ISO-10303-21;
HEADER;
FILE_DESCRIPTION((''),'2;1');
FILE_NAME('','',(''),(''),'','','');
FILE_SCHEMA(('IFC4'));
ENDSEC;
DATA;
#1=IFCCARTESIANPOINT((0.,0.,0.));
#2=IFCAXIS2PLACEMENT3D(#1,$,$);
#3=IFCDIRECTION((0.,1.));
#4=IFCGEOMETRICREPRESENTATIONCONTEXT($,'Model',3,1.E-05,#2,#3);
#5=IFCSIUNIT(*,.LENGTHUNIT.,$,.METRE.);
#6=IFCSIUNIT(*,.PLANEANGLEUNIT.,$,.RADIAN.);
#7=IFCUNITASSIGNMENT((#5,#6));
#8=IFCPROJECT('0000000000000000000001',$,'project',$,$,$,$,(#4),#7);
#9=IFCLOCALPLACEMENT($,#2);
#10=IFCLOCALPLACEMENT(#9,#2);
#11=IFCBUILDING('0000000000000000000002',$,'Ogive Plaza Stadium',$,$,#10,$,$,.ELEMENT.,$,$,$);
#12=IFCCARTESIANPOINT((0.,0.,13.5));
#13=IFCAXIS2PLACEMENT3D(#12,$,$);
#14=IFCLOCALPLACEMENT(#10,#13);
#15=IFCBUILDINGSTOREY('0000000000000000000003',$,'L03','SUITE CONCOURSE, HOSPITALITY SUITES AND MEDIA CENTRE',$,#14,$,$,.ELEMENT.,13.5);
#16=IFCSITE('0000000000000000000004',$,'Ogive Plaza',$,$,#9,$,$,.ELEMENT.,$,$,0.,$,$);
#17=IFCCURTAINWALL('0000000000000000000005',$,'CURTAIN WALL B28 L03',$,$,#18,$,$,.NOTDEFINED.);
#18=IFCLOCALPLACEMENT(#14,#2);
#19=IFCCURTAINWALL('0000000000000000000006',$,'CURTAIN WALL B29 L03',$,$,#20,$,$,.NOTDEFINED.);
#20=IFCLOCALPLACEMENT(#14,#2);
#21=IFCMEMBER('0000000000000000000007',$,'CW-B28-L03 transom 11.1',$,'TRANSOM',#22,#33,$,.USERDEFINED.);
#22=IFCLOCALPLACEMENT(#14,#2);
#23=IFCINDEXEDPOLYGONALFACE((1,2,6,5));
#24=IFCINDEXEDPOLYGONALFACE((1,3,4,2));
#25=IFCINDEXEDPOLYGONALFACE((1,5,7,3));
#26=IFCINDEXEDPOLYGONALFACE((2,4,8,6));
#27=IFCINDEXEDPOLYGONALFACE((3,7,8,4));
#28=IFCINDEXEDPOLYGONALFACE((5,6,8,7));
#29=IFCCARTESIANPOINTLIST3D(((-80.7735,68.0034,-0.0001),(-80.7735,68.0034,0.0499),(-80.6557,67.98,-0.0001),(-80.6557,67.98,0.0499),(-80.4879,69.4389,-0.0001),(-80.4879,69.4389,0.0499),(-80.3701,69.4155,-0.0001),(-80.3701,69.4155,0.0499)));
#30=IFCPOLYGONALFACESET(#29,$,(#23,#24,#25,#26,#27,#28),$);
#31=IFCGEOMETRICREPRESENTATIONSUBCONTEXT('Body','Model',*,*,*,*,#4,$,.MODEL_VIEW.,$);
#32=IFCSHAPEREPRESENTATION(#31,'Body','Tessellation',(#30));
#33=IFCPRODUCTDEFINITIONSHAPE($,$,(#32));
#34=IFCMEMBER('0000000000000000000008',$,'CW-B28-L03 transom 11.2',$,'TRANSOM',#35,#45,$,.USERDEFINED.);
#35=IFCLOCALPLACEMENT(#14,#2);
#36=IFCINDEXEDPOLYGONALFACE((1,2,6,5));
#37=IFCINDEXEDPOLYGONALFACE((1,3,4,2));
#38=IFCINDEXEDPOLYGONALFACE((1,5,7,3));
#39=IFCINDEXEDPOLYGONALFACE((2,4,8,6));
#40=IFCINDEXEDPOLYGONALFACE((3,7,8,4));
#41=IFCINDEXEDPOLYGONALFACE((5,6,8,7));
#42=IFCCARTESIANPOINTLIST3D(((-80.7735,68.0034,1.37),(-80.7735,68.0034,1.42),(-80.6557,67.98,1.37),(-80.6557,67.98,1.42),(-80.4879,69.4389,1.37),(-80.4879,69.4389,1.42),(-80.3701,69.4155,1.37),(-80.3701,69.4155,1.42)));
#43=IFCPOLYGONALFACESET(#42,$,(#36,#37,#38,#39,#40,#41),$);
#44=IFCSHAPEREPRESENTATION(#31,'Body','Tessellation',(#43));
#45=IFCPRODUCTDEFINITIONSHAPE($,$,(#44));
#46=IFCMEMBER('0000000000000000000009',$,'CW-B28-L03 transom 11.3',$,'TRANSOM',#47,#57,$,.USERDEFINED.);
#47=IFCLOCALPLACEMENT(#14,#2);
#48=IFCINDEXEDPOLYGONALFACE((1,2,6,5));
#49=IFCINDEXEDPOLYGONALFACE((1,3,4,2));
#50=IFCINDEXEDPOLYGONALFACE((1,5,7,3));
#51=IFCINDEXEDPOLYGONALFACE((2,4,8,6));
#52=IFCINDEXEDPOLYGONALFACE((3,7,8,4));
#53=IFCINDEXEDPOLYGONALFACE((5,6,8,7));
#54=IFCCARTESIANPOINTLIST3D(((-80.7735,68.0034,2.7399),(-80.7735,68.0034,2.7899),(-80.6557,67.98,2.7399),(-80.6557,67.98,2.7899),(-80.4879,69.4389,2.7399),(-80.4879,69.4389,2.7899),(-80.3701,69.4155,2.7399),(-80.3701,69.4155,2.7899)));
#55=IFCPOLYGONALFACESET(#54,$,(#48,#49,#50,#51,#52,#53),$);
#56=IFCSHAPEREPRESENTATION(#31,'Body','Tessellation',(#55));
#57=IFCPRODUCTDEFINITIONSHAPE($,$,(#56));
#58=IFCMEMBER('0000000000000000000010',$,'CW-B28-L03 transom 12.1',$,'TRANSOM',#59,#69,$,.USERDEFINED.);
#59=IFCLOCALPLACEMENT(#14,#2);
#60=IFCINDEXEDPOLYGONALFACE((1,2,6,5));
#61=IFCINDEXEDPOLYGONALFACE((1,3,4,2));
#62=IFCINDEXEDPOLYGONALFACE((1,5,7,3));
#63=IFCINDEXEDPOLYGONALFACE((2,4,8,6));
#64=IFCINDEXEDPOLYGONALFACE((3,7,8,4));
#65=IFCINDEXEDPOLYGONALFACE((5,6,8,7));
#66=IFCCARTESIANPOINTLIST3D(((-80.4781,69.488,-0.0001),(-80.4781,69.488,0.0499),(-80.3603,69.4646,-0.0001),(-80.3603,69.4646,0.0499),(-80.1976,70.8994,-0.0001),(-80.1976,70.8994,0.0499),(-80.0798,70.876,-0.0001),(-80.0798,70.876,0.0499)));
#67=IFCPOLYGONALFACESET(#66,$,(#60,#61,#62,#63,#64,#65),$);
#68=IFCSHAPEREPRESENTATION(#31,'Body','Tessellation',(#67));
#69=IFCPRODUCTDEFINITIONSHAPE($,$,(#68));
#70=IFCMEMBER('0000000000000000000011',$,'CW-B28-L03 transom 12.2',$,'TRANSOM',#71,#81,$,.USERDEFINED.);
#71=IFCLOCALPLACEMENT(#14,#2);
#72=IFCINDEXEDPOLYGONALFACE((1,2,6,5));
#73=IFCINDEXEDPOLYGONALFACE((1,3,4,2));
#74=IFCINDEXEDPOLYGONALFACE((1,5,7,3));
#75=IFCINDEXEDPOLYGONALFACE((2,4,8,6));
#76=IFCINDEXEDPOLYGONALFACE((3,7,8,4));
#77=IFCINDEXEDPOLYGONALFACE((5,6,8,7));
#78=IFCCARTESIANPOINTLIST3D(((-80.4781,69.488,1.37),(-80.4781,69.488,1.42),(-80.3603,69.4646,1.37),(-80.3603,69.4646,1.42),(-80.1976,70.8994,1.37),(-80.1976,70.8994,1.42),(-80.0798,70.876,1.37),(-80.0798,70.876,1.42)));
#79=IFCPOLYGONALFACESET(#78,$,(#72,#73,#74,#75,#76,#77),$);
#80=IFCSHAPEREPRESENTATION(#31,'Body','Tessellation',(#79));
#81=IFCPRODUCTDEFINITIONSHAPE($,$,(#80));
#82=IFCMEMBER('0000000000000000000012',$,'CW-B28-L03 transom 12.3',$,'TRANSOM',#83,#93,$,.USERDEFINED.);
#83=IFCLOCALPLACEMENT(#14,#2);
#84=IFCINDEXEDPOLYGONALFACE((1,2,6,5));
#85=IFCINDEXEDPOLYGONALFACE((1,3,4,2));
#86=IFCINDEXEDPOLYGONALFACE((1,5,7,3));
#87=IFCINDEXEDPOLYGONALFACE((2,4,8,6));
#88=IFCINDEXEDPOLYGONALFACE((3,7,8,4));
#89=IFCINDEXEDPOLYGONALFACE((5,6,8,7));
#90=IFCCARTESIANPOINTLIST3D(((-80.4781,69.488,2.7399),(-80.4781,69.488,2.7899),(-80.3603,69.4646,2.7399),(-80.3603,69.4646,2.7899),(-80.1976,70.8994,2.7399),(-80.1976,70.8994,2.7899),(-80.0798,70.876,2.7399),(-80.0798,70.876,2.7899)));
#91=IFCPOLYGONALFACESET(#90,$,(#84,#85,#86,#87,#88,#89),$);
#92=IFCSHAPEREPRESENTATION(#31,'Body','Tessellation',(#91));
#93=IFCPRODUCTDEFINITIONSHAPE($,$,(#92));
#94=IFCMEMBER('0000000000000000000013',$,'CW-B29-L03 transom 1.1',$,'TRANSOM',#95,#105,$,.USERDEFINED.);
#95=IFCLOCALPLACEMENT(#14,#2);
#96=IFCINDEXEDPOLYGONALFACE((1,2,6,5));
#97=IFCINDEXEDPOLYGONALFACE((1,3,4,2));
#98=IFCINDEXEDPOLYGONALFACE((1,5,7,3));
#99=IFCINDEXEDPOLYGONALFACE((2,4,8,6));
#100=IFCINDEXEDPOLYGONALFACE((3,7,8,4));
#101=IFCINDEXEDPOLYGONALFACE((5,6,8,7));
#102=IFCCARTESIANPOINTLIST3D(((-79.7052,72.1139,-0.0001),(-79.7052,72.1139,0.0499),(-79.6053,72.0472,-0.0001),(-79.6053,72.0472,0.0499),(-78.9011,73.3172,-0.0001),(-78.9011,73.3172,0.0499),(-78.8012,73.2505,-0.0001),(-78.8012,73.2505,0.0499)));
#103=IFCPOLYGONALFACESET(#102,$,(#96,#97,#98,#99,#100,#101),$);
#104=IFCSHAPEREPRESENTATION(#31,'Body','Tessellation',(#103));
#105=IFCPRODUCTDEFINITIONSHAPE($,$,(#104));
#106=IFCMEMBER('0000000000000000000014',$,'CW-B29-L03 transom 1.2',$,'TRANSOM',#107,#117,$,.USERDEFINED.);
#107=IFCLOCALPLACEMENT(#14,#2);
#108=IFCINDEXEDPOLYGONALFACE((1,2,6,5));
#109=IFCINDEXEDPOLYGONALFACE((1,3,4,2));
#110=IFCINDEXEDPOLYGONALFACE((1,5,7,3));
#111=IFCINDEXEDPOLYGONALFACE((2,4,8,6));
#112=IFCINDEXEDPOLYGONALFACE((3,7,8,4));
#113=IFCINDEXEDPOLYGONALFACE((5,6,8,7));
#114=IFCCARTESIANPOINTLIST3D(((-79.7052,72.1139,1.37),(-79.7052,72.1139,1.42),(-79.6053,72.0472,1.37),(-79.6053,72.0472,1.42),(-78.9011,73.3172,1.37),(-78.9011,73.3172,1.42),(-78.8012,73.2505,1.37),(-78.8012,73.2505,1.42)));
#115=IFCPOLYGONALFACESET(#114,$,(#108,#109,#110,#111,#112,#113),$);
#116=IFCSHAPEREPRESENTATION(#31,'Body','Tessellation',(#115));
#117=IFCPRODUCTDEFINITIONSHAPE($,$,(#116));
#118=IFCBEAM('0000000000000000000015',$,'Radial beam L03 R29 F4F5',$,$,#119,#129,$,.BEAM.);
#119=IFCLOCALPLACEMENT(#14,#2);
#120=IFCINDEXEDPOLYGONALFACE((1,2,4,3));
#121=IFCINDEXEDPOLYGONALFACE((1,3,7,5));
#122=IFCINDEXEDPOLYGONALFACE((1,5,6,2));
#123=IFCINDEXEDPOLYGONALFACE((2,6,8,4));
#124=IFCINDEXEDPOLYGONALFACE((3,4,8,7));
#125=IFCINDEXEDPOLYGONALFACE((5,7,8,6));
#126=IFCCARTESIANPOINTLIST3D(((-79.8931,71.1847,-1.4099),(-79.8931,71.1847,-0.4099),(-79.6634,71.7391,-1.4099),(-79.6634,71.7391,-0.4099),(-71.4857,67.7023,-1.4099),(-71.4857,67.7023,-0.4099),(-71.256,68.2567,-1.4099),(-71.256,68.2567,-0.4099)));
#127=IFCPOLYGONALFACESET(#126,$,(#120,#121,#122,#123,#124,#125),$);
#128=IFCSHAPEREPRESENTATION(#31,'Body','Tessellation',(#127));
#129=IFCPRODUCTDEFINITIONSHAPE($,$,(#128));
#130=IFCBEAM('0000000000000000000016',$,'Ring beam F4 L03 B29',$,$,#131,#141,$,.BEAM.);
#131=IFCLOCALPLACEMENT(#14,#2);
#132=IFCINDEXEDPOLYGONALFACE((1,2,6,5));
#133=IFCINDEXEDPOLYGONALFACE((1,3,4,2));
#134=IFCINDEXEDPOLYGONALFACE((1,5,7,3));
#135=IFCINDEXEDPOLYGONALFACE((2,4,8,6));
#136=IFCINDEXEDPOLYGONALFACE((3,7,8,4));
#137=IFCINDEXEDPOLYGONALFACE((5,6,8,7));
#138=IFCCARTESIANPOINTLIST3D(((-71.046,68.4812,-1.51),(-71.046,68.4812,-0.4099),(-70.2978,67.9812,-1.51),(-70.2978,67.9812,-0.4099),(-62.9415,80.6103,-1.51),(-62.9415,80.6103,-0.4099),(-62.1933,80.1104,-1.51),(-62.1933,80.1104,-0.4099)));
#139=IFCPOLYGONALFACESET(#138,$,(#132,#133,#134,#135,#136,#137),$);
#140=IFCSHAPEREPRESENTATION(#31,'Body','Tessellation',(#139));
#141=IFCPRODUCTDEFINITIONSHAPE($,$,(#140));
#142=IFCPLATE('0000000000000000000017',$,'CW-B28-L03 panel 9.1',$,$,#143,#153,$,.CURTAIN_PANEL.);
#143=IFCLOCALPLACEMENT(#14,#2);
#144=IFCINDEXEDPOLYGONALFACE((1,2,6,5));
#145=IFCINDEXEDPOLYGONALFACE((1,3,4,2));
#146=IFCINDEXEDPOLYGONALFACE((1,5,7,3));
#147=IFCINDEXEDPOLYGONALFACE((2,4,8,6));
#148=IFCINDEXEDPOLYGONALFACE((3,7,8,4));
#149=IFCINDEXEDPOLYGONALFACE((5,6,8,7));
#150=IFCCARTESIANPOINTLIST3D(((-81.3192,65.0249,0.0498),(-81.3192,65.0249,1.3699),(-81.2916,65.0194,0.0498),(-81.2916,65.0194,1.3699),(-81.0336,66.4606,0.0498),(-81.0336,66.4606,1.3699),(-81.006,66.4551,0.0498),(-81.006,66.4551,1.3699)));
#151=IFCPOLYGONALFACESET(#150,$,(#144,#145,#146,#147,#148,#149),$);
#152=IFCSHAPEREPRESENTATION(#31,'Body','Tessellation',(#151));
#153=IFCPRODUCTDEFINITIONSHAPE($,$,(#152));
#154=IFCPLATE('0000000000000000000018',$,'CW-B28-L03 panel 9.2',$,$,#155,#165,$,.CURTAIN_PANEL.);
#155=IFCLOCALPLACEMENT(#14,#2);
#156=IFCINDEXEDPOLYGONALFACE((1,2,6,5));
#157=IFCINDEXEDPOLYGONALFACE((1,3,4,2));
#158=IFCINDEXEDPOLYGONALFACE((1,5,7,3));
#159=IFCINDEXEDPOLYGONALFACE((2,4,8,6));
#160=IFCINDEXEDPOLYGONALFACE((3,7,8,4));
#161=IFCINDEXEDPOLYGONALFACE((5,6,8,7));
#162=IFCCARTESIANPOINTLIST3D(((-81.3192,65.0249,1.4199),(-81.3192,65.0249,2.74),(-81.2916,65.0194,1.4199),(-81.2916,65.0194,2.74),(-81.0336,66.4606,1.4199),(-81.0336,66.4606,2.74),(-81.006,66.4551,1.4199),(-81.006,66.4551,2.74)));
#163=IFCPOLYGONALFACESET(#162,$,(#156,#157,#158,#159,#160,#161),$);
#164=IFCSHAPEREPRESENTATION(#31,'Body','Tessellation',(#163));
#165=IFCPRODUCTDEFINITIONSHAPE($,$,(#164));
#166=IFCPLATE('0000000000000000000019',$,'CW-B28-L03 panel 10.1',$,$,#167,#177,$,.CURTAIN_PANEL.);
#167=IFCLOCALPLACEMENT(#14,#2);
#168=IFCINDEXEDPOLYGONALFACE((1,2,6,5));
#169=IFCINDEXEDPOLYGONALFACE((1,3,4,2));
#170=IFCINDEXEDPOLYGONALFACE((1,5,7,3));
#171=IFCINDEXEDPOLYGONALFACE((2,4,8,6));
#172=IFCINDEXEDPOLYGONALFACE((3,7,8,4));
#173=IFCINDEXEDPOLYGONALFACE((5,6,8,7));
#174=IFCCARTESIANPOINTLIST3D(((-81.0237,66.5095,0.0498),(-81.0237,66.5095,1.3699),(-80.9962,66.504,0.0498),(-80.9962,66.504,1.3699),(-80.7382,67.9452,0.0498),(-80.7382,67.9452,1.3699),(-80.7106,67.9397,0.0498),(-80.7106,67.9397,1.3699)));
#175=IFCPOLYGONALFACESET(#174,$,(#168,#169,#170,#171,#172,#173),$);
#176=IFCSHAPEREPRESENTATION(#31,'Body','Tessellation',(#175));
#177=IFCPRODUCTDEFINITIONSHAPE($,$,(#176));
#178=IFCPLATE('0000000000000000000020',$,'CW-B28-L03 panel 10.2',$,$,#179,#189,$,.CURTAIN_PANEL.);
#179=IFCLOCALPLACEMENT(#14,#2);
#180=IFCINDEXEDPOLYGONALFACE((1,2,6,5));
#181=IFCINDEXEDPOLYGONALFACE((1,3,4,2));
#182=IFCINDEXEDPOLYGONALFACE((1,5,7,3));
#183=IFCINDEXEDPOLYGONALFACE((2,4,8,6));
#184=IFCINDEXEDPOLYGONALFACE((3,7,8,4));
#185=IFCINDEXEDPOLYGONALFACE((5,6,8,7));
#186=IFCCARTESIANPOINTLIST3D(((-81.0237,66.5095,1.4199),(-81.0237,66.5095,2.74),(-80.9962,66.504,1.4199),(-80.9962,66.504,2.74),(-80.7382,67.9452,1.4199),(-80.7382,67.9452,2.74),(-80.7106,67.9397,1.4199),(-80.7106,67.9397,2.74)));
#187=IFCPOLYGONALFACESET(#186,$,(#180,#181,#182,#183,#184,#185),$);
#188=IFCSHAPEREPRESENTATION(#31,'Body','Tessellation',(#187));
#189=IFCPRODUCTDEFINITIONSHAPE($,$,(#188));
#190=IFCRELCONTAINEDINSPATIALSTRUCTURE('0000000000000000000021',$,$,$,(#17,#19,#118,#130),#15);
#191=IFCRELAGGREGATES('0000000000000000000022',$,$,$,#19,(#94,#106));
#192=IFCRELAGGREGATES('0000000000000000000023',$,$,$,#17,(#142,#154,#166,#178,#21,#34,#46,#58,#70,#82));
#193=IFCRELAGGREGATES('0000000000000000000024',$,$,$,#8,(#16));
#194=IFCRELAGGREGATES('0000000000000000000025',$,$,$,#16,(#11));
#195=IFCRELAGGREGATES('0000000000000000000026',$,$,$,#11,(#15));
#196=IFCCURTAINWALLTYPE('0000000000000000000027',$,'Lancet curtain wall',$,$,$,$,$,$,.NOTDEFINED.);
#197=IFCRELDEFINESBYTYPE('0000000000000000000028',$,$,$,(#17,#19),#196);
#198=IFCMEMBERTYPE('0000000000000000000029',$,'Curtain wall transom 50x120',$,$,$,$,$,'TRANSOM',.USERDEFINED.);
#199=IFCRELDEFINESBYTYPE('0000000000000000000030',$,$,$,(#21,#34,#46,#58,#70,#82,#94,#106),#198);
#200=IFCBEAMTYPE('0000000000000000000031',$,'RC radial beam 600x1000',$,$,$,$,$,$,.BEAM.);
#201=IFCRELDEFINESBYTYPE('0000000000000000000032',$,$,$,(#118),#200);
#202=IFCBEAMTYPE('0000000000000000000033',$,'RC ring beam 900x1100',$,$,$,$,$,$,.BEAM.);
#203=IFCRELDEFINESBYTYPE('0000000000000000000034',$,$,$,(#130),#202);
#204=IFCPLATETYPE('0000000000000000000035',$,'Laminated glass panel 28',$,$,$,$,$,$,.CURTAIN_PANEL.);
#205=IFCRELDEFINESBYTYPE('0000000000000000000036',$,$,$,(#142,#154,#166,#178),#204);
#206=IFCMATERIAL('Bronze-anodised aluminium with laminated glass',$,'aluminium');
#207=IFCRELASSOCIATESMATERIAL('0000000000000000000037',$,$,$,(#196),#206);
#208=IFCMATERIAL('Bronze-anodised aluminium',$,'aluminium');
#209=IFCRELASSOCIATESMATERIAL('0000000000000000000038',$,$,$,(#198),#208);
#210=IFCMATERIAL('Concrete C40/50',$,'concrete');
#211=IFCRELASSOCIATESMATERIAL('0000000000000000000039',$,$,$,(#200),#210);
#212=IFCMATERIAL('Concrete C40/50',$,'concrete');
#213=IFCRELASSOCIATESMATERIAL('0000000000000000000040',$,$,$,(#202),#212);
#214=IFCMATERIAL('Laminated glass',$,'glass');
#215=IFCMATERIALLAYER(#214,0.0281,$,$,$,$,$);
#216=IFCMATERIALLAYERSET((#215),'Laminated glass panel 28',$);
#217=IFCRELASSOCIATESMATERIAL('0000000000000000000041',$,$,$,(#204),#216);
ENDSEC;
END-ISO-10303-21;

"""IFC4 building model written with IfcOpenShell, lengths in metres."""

from ifc_helpers import new_model, si_unit, direction, frame, origin, origin_2d, place, context, subcontext, project, spatial, rectangle, extrude, material, layer, layer_set, material_profile, profile_set, type_object, element, aggregate, save


model = new_model("IFC4")

# Units and contexts
model_context = context("Model", 3, precision=1e-05, world=origin(), true_north=direction((0.0, 1.0)))
body_context = subcontext(model_context, "Body", "Model", "MODEL_VIEW")
ifc_project = project(units=[si_unit("LENGTHUNIT", "METRE"), si_unit("PLANEANGLEUNIT", "RADIAN")], contexts=[model_context])

# Site, building, storey
site_placement = place(None, origin())
site = spatial("IfcSite", under=ifc_project, at=site_placement, Name="Ogive Plaza", CompositionType="ELEMENT", RefElevation=0.0)
building_placement = place(site_placement, origin())
building = spatial("IfcBuilding", under=site, at=building_placement, Name="Ogive Plaza Stadium", CompositionType="ELEMENT")
storey_placement = place(building_placement, frame((0.0, 0.0, 13.5)))
storey = spatial("IfcBuildingStorey", under=building, at=storey_placement, Name="L03", Description="SUITE CONCOURSE, HOSPITALITY SUITES AND MEDIA CENTRE", CompositionType="ELEMENT", Elevation=13.5)

# Curtain wall
ifc_material_1 = material(Name="Bronze-anodised aluminium with laminated glass", Category="aluminium")
curtain_wall_type = type_object("IfcCurtainWallType", Name="Lancet curtain wall", PredefinedType="NOTDEFINED", material=ifc_material_1)
curtain_wall_1_placement = place(storey_placement, origin())
curtain_wall_1 = element("IfcCurtainWall", 1, at=curtain_wall_1_placement, inside=storey, type_object=curtain_wall_type, Name="CURTAIN WALL B28 L03", PredefinedType="NOTDEFINED")

# Curtain wall
curtain_wall_2_placement = place(storey_placement, origin())
curtain_wall_2 = element("IfcCurtainWall", 2, at=curtain_wall_2_placement, inside=storey, type_object=curtain_wall_type, Name="CURTAIN WALL B29 L03", PredefinedType="NOTDEFINED")

# Members
ifc_material_2 = material(Name="Bronze-anodised aluminium", Category="aluminium")
ifc_material_profile_1 = material_profile(ifc_material_2, rectangle(XDim=0.1201, YDim=0.05, at=origin_2d()), Name="AL 120x50")
ifc_profile_set_1 = profile_set([ifc_material_profile_1], Name="Bronze-anodised aluminium")
member_type_1 = type_object("IfcMemberType", Name="Curtain wall transom 50x120", ElementType="TRANSOM", PredefinedType="USERDEFINED", material=ifc_profile_set_1)
member_1_placement = place(storey_placement, frame((-80.7146, 67.9917, 0.0249), z_axis=(0.195154, 0.980773, 0.0), x_axis=(-0.980773, 0.195154, 0.0)))
member_1 = element("IfcMember", 3, at=member_1_placement, type_object=member_type_1, Name="CW-B28-L03 transom 11.1", ObjectType="TRANSOM", PredefinedType="USERDEFINED", context=body_context, shape_type="SweptSolid", body=[
    extrude(rectangle(XDim=0.1201, YDim=0.05, at=origin_2d()), origin(), (0.0, 0.0, 1.0), 1.4636),
])
member_2_placement = place(storey_placement, frame((-80.7146, 67.9917, 1.395), z_axis=(0.195154, 0.980773, 0.0), x_axis=(-0.980773, 0.195154, 0.0)))
member_2 = element("IfcMember", 4, at=member_2_placement, type_object=member_type_1, Name="CW-B28-L03 transom 11.2", ObjectType="TRANSOM", PredefinedType="USERDEFINED", context=body_context, shape_type="SweptSolid", body=[
    extrude(rectangle(XDim=0.1201, YDim=0.05, at=origin_2d()), origin(), (0.0, 0.0, 1.0), 1.4636),
])
member_3_placement = place(storey_placement, frame((-80.7146, 67.9917, 2.7649), z_axis=(0.195154, 0.980773, 0.0), x_axis=(-0.980773, 0.195154, 0.0)))
member_3 = element("IfcMember", 5, at=member_3_placement, type_object=member_type_1, Name="CW-B28-L03 transom 11.3", ObjectType="TRANSOM", PredefinedType="USERDEFINED", context=body_context, shape_type="SweptSolid", body=[
    extrude(rectangle(XDim=0.1201, YDim=0.05, at=origin_2d()), origin(), (0.0, 0.0, 1.0), 1.4636),
])
member_4_placement = place(storey_placement, frame((-80.4192, 69.4763, 0.0249), z_axis=(0.194941, 0.980815, 0.0), x_axis=(-0.980815, 0.194941, 0.0)))
member_4 = element("IfcMember", 6, at=member_4_placement, type_object=member_type_1, Name="CW-B28-L03 transom 12.1", ObjectType="TRANSOM", PredefinedType="USERDEFINED", context=body_context, shape_type="SweptSolid", body=[
    extrude(rectangle(XDim=0.1201, YDim=0.05, at=origin_2d()), origin(), (0.0, 0.0, 1.0), 1.439),
])
member_5_placement = place(storey_placement, frame((-80.4192, 69.4763, 1.395), z_axis=(0.194941, 0.980815, 0.0), x_axis=(-0.980815, 0.194941, 0.0)))
member_5 = element("IfcMember", 7, at=member_5_placement, type_object=member_type_1, Name="CW-B28-L03 transom 12.2", ObjectType="TRANSOM", PredefinedType="USERDEFINED", context=body_context, shape_type="SweptSolid", body=[
    extrude(rectangle(XDim=0.1201, YDim=0.05, at=origin_2d()), origin(), (0.0, 0.0, 1.0), 1.439),
])
member_6_placement = place(storey_placement, frame((-80.4192, 69.4763, 2.7649), z_axis=(0.194941, 0.980815, 0.0), x_axis=(-0.980815, 0.194941, 0.0)))
member_6 = element("IfcMember", 8, at=member_6_placement, type_object=member_type_1, Name="CW-B28-L03 transom 12.3", ObjectType="TRANSOM", PredefinedType="USERDEFINED", context=body_context, shape_type="SweptSolid", body=[
    extrude(rectangle(XDim=0.1201, YDim=0.05, at=origin_2d()), origin(), (0.0, 0.0, 1.0), 1.439),
])
member_7_placement = place(storey_placement, frame((-79.6553, 72.0806, 0.0249), z_axis=(0.555634, 0.831427, 0.0), x_axis=(-0.831427, 0.555634, 0.0)))
member_7 = element("IfcMember", 9, at=member_7_placement, type_object=member_type_1, Name="CW-B29-L03 transom 1.1", ObjectType="TRANSOM", PredefinedType="USERDEFINED", context=body_context, shape_type="SweptSolid", body=[
    extrude(rectangle(XDim=0.1201, YDim=0.05, at=origin_2d()), origin(), (0.0, 0.0, 1.0), 1.4473),
])
member_8_placement = place(storey_placement, frame((-79.6553, 72.0806, 1.395), z_axis=(0.555634, 0.831427, 0.0), x_axis=(-0.831427, 0.555634, 0.0)))
member_8 = element("IfcMember", 10, at=member_8_placement, type_object=member_type_1, Name="CW-B29-L03 transom 1.2", ObjectType="TRANSOM", PredefinedType="USERDEFINED", context=body_context, shape_type="SweptSolid", body=[
    extrude(rectangle(XDim=0.1201, YDim=0.05, at=origin_2d()), origin(), (0.0, 0.0, 1.0), 1.4473),
])
aggregate(curtain_wall_2, [member_7, member_8])

# Beams
ifc_material_3 = material(Name="Concrete C40/50", Category="concrete")
ifc_material_profile_2 = material_profile(ifc_material_3, rectangle(XDim=0.6001, YDim=1.0, at=origin_2d()), Name="RC 600x1000")
ifc_profile_set_2 = profile_set([ifc_material_profile_2], Name="Concrete C40/50")
beam_type_1 = type_object("IfcBeamType", Name="RC radial beam 600x1000", PredefinedType="BEAM", material=ifc_profile_set_2)
beam_1_placement = place(storey_placement, frame((-71.3708, 67.9795, -0.9099), z_axis=(-0.923882, 0.382677, 0.0), x_axis=(-0.382677, -0.923882, 0.0)))
element("IfcBeam", 11, at=beam_1_placement, inside=storey, type_object=beam_type_1, Name="Radial beam L03 R29 F4F5", PredefinedType="BEAM", context=body_context, shape_type="SweptSolid", body=[
    extrude(rectangle(XDim=0.6001, YDim=1.0, at=origin_2d()), origin(), (0.0, 0.0, 1.0), 9.1001),
])
ifc_material_4 = material(Name="Concrete C40/50", Category="concrete")
ifc_material_profile_3 = material_profile(ifc_material_4, rectangle(XDim=0.8999, YDim=1.1001, at=origin_2d()), Name="RC 900x1100")
ifc_profile_set_3 = profile_set([ifc_material_profile_3], Name="Concrete C40/50")
beam_type_2 = type_object("IfcBeamType", Name="RC ring beam 900x1100", PredefinedType="BEAM", material=ifc_profile_set_3)
beam_2_placement = place(storey_placement, frame((-70.6719, 68.2312, -0.96), z_axis=(0.555573, 0.831468, 0.0), x_axis=(-0.831468, 0.555573, 0.0)))
element("IfcBeam", 12, at=beam_2_placement, inside=storey, type_object=beam_type_2, Name="Ring beam F4 L03 B29", PredefinedType="BEAM", context=body_context, shape_type="SweptSolid", body=[
    extrude(rectangle(XDim=0.8999, YDim=1.1001, at=origin_2d()), origin(), (0.0, 0.0, 1.0), 14.5876),
])

# Plates
ifc_material_5 = material(Name="Laminated glass", Category="glass")
ifc_layer = layer(ifc_material_5, 0.0281)
ifc_layer_set = layer_set([ifc_layer], Name="Laminated glass panel 28")
plate_type = type_object("IfcPlateType", Name="Laminated glass panel 28", PredefinedType="CURTAIN_PANEL", material=ifc_layer_set)
plate_1_placement = place(storey_placement, frame((-81.1626, 65.74, 0.0498), z_axis=(0.0, 0.0, 1.0), x_axis=(0.19509, 0.980785, 0.0)))
plate_1 = element("IfcPlate", 13, at=plate_1_placement, type_object=plate_type, Name="CW-B28-L03 panel 9.1", PredefinedType="CURTAIN_PANEL", context=body_context, shape_type="SweptSolid", body=[
    extrude(rectangle(XDim=1.4639, YDim=0.0281, at=origin_2d()), origin(), (0.0, 0.0, 1.0), 1.3201),
])
plate_2_placement = place(storey_placement, frame((-81.1626, 65.74, 1.4199), z_axis=(0.0, 0.0, 1.0), x_axis=(0.19509, 0.980785, 0.0)))
plate_2 = element("IfcPlate", 14, at=plate_2_placement, type_object=plate_type, Name="CW-B28-L03 panel 9.2", PredefinedType="CURTAIN_PANEL", context=body_context, shape_type="SweptSolid", body=[
    extrude(rectangle(XDim=1.4639, YDim=0.0281, at=origin_2d()), origin(), (0.0, 0.0, 1.0), 1.3201),
])
plate_3_placement = place(storey_placement, frame((-80.8672, 67.2246, 0.0498), z_axis=(0.0, 0.0, 1.0), x_axis=(0.19509, 0.980785, 0.0)))
plate_3 = element("IfcPlate", 15, at=plate_3_placement, type_object=plate_type, Name="CW-B28-L03 panel 10.1", PredefinedType="CURTAIN_PANEL", context=body_context, shape_type="SweptSolid", body=[
    extrude(rectangle(XDim=1.4639, YDim=0.0281, at=origin_2d()), origin(), (0.0, 0.0, 1.0), 1.3201),
])
plate_4_placement = place(storey_placement, frame((-80.8672, 67.2246, 1.4199), z_axis=(0.0, 0.0, 1.0), x_axis=(0.19509, 0.980785, 0.0)))
plate_4 = element("IfcPlate", 16, at=plate_4_placement, type_object=plate_type, Name="CW-B28-L03 panel 10.2", PredefinedType="CURTAIN_PANEL", context=body_context, shape_type="SweptSolid", body=[
    extrude(rectangle(XDim=1.4639, YDim=0.0281, at=origin_2d()), origin(), (0.0, 0.0, 1.0), 1.3201),
])
aggregate(curtain_wall_1, [plate_1, plate_2, plate_3, plate_4, member_1, member_2, member_3, member_4, member_5, member_6])

save(model, "model.ifc")
